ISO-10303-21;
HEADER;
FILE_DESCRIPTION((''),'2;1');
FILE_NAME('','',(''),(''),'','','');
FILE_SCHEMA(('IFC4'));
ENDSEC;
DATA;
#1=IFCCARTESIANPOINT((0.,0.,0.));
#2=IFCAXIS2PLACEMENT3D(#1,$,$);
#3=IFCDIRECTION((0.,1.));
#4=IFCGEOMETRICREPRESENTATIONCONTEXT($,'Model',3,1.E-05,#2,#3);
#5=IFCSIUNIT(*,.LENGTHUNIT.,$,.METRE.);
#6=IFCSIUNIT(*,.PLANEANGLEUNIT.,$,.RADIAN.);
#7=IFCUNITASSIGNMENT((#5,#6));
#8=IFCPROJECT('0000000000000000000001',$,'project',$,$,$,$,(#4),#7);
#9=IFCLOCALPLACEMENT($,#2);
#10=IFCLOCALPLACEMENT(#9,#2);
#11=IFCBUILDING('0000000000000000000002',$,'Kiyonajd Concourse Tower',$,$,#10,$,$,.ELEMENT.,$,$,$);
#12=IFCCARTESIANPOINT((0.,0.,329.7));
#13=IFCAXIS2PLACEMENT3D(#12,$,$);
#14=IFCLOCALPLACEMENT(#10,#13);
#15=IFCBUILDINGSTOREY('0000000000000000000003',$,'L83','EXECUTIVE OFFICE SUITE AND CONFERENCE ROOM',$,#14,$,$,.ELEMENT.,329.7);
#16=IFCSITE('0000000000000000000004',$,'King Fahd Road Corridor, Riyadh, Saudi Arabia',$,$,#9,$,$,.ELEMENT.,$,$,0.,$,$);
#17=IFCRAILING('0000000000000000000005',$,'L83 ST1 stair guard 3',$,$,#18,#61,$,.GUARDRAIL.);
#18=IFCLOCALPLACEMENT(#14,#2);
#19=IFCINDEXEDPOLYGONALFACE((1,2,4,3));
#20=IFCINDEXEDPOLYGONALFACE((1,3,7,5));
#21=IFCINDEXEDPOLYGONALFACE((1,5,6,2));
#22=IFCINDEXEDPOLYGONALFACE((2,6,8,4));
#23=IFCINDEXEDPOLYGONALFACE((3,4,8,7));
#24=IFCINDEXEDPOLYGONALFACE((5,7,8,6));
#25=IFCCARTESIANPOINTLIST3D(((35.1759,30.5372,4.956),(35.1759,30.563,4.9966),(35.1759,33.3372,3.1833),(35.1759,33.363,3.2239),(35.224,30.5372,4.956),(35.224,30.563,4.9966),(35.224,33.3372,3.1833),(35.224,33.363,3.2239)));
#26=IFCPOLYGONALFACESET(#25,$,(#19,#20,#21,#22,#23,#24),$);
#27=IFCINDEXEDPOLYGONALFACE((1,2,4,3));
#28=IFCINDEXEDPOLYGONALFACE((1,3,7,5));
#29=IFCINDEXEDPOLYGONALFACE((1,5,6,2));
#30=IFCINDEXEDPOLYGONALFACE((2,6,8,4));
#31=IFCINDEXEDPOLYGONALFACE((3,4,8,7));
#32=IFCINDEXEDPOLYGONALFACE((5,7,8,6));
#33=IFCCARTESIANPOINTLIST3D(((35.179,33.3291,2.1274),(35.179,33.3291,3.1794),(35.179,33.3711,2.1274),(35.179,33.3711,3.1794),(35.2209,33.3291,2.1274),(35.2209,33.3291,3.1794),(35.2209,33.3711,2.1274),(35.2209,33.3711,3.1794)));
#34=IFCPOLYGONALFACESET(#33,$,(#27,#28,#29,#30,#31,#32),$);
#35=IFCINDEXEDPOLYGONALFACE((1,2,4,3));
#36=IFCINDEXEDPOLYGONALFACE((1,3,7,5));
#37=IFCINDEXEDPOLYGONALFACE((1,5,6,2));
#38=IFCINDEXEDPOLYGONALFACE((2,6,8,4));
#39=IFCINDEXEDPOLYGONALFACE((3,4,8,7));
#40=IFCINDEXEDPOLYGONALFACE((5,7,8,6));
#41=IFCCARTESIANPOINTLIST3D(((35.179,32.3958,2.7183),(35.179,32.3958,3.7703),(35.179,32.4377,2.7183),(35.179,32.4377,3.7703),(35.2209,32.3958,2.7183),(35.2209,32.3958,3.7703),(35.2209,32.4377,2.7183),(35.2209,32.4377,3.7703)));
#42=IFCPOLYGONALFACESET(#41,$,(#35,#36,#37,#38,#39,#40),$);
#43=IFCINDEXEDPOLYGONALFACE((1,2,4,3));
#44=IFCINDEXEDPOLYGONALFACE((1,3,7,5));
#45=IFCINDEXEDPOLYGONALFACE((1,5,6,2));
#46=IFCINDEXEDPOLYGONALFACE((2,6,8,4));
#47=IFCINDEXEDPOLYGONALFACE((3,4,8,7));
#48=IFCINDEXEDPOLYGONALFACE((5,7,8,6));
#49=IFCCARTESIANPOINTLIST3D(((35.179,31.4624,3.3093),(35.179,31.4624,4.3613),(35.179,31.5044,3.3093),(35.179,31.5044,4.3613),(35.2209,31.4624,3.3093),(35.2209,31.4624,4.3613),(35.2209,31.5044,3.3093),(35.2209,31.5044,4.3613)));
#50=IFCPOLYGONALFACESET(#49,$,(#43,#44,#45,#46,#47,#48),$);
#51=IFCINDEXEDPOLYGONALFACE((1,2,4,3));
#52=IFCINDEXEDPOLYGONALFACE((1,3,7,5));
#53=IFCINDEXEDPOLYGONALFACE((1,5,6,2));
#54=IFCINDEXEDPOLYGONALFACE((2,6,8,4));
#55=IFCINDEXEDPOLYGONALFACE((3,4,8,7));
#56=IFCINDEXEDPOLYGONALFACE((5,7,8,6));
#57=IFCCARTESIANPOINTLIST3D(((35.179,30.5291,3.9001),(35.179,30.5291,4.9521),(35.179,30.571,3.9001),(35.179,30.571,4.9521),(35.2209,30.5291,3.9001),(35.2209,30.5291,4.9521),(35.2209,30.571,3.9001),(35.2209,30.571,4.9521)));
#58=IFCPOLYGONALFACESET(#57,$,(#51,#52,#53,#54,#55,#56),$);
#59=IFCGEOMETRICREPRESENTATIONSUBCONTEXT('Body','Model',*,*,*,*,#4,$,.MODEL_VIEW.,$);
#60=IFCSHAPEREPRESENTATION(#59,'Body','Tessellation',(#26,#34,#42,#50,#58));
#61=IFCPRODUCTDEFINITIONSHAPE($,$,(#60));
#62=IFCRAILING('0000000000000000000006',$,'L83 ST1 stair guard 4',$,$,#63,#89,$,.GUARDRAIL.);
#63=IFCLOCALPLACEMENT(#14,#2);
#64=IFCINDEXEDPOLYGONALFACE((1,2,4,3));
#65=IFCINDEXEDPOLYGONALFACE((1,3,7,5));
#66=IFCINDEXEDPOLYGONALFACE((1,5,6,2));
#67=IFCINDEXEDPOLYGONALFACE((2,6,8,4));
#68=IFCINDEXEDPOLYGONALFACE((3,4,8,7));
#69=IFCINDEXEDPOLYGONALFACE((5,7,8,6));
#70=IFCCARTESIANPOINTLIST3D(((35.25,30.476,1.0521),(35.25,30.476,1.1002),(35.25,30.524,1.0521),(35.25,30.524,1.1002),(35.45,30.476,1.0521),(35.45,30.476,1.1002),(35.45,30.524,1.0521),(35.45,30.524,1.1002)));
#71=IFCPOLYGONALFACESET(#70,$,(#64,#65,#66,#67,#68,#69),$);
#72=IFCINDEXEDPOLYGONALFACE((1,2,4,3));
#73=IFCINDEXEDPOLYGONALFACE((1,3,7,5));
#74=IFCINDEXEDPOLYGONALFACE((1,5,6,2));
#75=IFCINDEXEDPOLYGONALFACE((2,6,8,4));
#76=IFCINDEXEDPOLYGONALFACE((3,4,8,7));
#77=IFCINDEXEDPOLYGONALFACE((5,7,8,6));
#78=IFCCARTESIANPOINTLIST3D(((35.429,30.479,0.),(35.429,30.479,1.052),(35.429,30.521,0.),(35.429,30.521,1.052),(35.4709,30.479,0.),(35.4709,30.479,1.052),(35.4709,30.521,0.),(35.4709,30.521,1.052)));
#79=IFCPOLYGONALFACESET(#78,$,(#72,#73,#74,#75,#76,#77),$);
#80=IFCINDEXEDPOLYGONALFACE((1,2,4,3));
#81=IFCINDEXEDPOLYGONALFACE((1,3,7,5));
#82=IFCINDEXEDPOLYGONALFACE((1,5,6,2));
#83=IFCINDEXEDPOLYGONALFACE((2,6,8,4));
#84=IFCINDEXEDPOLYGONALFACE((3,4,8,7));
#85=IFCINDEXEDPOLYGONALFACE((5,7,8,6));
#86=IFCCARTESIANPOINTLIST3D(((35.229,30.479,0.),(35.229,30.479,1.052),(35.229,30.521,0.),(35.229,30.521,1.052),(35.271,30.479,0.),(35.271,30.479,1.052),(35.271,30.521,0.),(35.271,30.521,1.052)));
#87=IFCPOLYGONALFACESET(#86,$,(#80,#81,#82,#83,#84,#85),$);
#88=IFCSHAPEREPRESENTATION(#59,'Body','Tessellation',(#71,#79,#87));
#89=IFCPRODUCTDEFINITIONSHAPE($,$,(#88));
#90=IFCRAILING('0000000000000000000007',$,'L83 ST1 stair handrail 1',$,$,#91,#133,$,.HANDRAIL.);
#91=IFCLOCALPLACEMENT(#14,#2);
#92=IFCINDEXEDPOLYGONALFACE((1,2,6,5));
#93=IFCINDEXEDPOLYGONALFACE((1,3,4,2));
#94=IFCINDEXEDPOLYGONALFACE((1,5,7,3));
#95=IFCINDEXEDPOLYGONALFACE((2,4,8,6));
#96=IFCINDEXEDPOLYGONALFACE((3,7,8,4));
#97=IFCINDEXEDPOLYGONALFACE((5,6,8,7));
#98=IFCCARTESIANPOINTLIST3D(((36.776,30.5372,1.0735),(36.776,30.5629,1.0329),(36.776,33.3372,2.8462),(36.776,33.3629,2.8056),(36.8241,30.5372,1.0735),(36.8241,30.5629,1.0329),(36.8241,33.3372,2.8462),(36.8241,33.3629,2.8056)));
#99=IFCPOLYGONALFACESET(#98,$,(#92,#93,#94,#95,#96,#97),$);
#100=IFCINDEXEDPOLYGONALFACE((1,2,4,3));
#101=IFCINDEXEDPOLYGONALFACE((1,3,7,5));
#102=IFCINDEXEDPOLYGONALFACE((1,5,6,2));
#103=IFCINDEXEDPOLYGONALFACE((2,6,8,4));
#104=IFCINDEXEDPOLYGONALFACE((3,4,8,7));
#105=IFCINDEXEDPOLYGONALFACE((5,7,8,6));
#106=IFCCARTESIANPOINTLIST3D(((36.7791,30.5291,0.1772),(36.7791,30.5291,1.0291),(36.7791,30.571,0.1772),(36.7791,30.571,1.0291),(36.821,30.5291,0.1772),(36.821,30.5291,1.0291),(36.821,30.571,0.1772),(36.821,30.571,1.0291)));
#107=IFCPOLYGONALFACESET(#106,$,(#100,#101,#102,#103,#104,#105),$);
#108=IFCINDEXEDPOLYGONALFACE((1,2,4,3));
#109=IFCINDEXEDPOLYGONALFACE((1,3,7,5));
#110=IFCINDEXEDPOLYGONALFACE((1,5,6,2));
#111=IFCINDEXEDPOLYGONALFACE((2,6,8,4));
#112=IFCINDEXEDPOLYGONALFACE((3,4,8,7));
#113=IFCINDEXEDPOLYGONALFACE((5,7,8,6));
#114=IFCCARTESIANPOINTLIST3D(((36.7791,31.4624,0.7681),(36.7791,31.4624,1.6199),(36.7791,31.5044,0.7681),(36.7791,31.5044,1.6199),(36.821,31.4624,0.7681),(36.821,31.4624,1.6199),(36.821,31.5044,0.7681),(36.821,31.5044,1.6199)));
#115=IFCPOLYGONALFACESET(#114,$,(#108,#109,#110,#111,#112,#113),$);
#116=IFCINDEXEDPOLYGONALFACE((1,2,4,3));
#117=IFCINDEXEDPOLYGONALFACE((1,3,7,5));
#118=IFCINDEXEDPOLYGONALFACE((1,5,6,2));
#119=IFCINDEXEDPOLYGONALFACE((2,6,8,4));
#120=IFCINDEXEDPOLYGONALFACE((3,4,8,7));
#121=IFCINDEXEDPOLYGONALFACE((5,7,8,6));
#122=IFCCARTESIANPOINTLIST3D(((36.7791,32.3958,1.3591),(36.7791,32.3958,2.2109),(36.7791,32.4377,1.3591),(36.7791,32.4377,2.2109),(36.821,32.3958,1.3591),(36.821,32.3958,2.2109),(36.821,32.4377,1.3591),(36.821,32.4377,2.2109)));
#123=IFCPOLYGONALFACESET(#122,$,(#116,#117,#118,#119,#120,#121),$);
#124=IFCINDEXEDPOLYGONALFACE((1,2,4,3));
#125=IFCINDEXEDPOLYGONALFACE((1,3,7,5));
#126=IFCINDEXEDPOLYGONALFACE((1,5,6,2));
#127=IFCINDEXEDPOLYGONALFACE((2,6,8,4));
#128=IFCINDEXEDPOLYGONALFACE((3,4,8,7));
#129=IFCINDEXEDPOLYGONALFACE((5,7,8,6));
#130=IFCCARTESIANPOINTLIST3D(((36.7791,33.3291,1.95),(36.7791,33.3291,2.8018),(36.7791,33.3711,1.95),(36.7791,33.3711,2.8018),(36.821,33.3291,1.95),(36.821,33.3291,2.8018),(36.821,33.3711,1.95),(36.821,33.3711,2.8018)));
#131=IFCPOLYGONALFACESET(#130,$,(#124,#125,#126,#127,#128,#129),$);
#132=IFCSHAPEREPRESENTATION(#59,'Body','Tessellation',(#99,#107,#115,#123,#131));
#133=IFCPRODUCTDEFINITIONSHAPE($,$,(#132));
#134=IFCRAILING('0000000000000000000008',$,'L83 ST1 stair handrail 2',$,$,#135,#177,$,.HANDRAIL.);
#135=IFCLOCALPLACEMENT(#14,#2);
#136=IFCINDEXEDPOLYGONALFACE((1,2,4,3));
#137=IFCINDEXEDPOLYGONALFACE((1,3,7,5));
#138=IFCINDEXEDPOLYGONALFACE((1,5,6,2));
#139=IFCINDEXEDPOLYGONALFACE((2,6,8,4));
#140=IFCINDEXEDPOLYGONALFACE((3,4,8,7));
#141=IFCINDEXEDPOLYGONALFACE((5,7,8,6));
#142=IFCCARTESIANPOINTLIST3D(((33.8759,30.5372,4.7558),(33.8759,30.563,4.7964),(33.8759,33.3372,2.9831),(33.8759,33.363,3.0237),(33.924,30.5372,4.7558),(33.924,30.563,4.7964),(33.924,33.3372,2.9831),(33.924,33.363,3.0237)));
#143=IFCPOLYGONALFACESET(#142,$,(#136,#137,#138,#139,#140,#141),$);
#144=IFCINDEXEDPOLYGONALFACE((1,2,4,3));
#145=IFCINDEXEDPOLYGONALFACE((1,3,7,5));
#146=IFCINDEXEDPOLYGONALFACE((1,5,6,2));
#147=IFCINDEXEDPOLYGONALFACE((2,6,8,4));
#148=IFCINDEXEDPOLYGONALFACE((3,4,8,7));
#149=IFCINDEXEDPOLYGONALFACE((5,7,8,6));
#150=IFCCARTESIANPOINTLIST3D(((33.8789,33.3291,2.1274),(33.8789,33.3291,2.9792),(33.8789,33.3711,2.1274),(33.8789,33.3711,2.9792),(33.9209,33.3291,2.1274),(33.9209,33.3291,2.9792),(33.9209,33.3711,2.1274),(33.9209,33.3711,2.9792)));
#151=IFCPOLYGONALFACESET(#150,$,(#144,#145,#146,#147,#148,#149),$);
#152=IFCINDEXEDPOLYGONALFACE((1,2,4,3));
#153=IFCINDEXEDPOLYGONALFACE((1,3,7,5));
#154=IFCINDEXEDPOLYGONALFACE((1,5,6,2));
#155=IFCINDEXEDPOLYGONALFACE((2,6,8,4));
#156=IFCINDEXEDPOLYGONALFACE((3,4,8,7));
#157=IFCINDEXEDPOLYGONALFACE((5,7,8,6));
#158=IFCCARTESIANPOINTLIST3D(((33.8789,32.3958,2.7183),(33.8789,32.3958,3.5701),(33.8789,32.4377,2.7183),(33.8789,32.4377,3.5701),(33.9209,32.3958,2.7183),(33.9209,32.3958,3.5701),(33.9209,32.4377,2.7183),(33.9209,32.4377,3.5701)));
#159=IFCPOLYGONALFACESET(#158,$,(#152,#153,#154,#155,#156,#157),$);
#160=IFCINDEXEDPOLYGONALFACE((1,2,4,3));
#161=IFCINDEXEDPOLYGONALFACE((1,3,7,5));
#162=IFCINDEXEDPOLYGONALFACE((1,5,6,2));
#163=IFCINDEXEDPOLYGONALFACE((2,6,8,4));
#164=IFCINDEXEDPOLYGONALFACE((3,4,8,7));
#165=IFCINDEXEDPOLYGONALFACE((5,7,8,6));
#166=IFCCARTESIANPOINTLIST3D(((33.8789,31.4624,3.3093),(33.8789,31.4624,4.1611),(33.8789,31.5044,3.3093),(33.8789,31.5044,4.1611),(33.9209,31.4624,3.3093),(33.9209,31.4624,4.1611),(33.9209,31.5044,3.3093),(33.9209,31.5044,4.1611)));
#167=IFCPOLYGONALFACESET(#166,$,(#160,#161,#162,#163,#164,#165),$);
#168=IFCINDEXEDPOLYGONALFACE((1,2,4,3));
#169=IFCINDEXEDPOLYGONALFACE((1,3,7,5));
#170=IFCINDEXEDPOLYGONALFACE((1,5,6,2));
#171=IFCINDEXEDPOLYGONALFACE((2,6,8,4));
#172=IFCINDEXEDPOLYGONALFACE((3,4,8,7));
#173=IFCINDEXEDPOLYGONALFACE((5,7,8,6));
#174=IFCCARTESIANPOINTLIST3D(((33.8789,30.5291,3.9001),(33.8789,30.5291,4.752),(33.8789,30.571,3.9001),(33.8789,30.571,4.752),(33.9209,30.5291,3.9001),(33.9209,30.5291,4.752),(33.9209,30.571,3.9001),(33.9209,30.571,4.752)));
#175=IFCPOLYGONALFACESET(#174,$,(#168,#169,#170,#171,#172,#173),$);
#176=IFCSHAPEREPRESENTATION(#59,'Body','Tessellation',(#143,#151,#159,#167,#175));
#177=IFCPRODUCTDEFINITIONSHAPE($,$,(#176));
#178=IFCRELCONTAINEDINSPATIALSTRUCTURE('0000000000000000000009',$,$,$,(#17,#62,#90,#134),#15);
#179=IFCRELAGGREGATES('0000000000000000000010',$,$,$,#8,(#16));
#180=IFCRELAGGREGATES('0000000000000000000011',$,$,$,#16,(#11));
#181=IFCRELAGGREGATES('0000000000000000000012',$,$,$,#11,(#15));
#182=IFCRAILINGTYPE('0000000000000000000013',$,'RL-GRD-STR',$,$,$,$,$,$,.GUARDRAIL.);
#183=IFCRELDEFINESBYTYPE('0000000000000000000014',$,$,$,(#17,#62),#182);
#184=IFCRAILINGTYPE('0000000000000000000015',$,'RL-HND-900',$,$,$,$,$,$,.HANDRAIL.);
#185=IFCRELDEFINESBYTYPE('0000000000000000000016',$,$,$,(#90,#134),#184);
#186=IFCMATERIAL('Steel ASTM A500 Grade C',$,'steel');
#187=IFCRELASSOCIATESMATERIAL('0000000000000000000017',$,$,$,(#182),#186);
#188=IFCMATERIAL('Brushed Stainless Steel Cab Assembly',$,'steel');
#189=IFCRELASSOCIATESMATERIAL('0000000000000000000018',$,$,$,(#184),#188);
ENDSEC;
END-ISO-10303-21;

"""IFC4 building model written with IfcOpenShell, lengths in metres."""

from ifc_helpers import new_model, si_unit, direction, frame, origin, origin_2d, place, context, subcontext, project, spatial, rectangle, extrude, material, type_object, element, save


model = new_model("IFC4")

# Units and contexts
model_context = context("Model", 3, precision=1e-05, world=origin(), true_north=direction((0.0, 1.0)))
body_context = subcontext(model_context, "Body", "Model", "MODEL_VIEW")
ifc_project = project(units=[si_unit("LENGTHUNIT", "METRE"), si_unit("PLANEANGLEUNIT", "RADIAN")], contexts=[model_context])

# Site, building, storey
site_placement = place(None, origin())
site = spatial("IfcSite", under=ifc_project, at=site_placement, Name="King Fahd Road Corridor, Riyadh, Saudi Arabia", CompositionType="ELEMENT", RefElevation=0.0)
building_placement = place(site_placement, origin())
building = spatial("IfcBuilding", under=site, at=building_placement, Name="Kiyonajd Concourse Tower", CompositionType="ELEMENT")
storey_placement = place(building_placement, frame((0.0, 0.0, 329.7)))
storey = spatial("IfcBuildingStorey", under=building, at=storey_placement, Name="L83", Description="EXECUTIVE OFFICE SUITE AND CONFERENCE ROOM", CompositionType="ELEMENT", Elevation=329.7)

# Shared definitions
ifc_material_1 = material(Name="Brushed Stainless Steel Cab Assembly", Category="steel")

# Railings
ifc_material_2 = material(Name="Steel ASTM A500 Grade C", Category="steel")
railing_type_1 = type_object("IfcRailingType", Name="RL-GRD-STR", PredefinedType="GUARDRAIL", material=ifc_material_2)
railing_1_placement = place(storey_placement, frame((35.2, 33.3501, 2.1274)))
element("IfcRailing", 1, at=railing_1_placement, inside=storey, type_object=railing_type_1, Name="L83 ST1 stair guard 3", PredefinedType="GUARDRAIL", context=body_context, shape_type="SweptSolid", body=[
    extrude(rectangle(XDim=0.0481, YDim=0.0481, at=origin_2d()), frame((0.0, 0.0, 1.0762), z_axis=(0.0, -0.844909, 0.53491), x_axis=(1.0, 0.0, 0.0)), (0.0, 0.0, 1.0), 3.314),
    extrude(rectangle(XDim=0.042, YDim=0.042, at=origin_2d()), origin(), (0.0, 0.0, 1.0), 1.052),
    extrude(rectangle(XDim=0.042, YDim=0.042, at=origin_2d()), frame((0.0, -0.9333, 0.5908)), (0.0, 0.0, 1.0), 1.052),
    extrude(rectangle(XDim=0.042, YDim=0.042, at=origin_2d()), frame((0.0, -1.8667, 1.1819)), (0.0, 0.0, 1.0), 1.052),
    extrude(rectangle(XDim=0.042, YDim=0.042, at=origin_2d()), frame((0.0, -2.8, 1.7727)), (0.0, 0.0, 1.0), 1.052),
])
railing_2_placement = place(storey_placement, frame((35.45, 30.5, 0.0)))
element("IfcRailing", 2, at=railing_2_placement, inside=storey, type_object=railing_type_1, Name="L83 ST1 stair guard 4", PredefinedType="GUARDRAIL", context=body_context, shape_type="SweptSolid", body=[
    extrude(rectangle(XDim=0.0481, YDim=0.0481, at=origin_2d()), frame((0.0, 0.0, 1.0762), z_axis=(-1.0, 0.0, 0.0), x_axis=(0.0, -1.0, 0.0)), (0.0, 0.0, 1.0), 0.2),
    extrude(rectangle(XDim=0.042, YDim=0.042, at=origin_2d()), origin(), (0.0, 0.0, 1.0), 1.052),
    extrude(rectangle(XDim=0.042, YDim=0.042, at=origin_2d()), frame((-0.2, 0.0, 0.0)), (0.0, 0.0, 1.0), 1.052),
])
railing_type_2 = type_object("IfcRailingType", Name="RL-HND-900", PredefinedType="HANDRAIL", material=ifc_material_1)
railing_3_placement = place(storey_placement, frame((36.8, 30.55, 0.1772)))
element("IfcRailing", 3, at=railing_3_placement, inside=storey, type_object=railing_type_2, Name="L83 ST1 stair handrail 1", PredefinedType="HANDRAIL", context=body_context, shape_type="SweptSolid", body=[
    extrude(rectangle(XDim=0.0481, YDim=0.0481, at=origin_2d()), frame((0.0, 0.0, 0.876), z_axis=(0.0, 0.844909, 0.53491), x_axis=(-1.0, 0.0, 0.0)), (0.0, 0.0, 1.0), 3.314),
    extrude(rectangle(XDim=0.042, YDim=0.042, at=origin_2d()), origin(), (0.0, 0.0, 1.0), 0.8518),
    extrude(rectangle(XDim=0.042, YDim=0.042, at=origin_2d()), frame((0.0, 0.9333, 0.5908)), (0.0, 0.0, 1.0), 0.8518),
    extrude(rectangle(XDim=0.042, YDim=0.042, at=origin_2d()), frame((0.0, 1.8667, 1.1819)), (0.0, 0.0, 1.0), 0.8518),
    extrude(rectangle(XDim=0.042, YDim=0.042, at=origin_2d()), frame((0.0, 2.8, 1.7727)), (0.0, 0.0, 1.0), 0.8518),
])
railing_4_placement = place(storey_placement, frame((33.8999, 33.3501, 2.1274)))
element("IfcRailing", 4, at=railing_4_placement, inside=storey, type_object=railing_type_2, Name="L83 ST1 stair handrail 2", PredefinedType="HANDRAIL", context=body_context, shape_type="SweptSolid", body=[
    extrude(rectangle(XDim=0.0481, YDim=0.0481, at=origin_2d()), frame((0.0, 0.0, 0.876), z_axis=(0.0, -0.844909, 0.53491), x_axis=(1.0, 0.0, 0.0)), (0.0, 0.0, 1.0), 3.314),
    extrude(rectangle(XDim=0.042, YDim=0.042, at=origin_2d()), origin(), (0.0, 0.0, 1.0), 0.8518),
    extrude(rectangle(XDim=0.042, YDim=0.042, at=origin_2d()), frame((0.0, -0.9333, 0.5908)), (0.0, 0.0, 1.0), 0.8518),
    extrude(rectangle(XDim=0.042, YDim=0.042, at=origin_2d()), frame((0.0, -1.8667, 1.1819)), (0.0, 0.0, 1.0), 0.8518),
    extrude(rectangle(XDim=0.042, YDim=0.042, at=origin_2d()), frame((0.0, -2.8, 1.7727)), (0.0, 0.0, 1.0), 0.8518),
])

save(model, "model.ifc")
